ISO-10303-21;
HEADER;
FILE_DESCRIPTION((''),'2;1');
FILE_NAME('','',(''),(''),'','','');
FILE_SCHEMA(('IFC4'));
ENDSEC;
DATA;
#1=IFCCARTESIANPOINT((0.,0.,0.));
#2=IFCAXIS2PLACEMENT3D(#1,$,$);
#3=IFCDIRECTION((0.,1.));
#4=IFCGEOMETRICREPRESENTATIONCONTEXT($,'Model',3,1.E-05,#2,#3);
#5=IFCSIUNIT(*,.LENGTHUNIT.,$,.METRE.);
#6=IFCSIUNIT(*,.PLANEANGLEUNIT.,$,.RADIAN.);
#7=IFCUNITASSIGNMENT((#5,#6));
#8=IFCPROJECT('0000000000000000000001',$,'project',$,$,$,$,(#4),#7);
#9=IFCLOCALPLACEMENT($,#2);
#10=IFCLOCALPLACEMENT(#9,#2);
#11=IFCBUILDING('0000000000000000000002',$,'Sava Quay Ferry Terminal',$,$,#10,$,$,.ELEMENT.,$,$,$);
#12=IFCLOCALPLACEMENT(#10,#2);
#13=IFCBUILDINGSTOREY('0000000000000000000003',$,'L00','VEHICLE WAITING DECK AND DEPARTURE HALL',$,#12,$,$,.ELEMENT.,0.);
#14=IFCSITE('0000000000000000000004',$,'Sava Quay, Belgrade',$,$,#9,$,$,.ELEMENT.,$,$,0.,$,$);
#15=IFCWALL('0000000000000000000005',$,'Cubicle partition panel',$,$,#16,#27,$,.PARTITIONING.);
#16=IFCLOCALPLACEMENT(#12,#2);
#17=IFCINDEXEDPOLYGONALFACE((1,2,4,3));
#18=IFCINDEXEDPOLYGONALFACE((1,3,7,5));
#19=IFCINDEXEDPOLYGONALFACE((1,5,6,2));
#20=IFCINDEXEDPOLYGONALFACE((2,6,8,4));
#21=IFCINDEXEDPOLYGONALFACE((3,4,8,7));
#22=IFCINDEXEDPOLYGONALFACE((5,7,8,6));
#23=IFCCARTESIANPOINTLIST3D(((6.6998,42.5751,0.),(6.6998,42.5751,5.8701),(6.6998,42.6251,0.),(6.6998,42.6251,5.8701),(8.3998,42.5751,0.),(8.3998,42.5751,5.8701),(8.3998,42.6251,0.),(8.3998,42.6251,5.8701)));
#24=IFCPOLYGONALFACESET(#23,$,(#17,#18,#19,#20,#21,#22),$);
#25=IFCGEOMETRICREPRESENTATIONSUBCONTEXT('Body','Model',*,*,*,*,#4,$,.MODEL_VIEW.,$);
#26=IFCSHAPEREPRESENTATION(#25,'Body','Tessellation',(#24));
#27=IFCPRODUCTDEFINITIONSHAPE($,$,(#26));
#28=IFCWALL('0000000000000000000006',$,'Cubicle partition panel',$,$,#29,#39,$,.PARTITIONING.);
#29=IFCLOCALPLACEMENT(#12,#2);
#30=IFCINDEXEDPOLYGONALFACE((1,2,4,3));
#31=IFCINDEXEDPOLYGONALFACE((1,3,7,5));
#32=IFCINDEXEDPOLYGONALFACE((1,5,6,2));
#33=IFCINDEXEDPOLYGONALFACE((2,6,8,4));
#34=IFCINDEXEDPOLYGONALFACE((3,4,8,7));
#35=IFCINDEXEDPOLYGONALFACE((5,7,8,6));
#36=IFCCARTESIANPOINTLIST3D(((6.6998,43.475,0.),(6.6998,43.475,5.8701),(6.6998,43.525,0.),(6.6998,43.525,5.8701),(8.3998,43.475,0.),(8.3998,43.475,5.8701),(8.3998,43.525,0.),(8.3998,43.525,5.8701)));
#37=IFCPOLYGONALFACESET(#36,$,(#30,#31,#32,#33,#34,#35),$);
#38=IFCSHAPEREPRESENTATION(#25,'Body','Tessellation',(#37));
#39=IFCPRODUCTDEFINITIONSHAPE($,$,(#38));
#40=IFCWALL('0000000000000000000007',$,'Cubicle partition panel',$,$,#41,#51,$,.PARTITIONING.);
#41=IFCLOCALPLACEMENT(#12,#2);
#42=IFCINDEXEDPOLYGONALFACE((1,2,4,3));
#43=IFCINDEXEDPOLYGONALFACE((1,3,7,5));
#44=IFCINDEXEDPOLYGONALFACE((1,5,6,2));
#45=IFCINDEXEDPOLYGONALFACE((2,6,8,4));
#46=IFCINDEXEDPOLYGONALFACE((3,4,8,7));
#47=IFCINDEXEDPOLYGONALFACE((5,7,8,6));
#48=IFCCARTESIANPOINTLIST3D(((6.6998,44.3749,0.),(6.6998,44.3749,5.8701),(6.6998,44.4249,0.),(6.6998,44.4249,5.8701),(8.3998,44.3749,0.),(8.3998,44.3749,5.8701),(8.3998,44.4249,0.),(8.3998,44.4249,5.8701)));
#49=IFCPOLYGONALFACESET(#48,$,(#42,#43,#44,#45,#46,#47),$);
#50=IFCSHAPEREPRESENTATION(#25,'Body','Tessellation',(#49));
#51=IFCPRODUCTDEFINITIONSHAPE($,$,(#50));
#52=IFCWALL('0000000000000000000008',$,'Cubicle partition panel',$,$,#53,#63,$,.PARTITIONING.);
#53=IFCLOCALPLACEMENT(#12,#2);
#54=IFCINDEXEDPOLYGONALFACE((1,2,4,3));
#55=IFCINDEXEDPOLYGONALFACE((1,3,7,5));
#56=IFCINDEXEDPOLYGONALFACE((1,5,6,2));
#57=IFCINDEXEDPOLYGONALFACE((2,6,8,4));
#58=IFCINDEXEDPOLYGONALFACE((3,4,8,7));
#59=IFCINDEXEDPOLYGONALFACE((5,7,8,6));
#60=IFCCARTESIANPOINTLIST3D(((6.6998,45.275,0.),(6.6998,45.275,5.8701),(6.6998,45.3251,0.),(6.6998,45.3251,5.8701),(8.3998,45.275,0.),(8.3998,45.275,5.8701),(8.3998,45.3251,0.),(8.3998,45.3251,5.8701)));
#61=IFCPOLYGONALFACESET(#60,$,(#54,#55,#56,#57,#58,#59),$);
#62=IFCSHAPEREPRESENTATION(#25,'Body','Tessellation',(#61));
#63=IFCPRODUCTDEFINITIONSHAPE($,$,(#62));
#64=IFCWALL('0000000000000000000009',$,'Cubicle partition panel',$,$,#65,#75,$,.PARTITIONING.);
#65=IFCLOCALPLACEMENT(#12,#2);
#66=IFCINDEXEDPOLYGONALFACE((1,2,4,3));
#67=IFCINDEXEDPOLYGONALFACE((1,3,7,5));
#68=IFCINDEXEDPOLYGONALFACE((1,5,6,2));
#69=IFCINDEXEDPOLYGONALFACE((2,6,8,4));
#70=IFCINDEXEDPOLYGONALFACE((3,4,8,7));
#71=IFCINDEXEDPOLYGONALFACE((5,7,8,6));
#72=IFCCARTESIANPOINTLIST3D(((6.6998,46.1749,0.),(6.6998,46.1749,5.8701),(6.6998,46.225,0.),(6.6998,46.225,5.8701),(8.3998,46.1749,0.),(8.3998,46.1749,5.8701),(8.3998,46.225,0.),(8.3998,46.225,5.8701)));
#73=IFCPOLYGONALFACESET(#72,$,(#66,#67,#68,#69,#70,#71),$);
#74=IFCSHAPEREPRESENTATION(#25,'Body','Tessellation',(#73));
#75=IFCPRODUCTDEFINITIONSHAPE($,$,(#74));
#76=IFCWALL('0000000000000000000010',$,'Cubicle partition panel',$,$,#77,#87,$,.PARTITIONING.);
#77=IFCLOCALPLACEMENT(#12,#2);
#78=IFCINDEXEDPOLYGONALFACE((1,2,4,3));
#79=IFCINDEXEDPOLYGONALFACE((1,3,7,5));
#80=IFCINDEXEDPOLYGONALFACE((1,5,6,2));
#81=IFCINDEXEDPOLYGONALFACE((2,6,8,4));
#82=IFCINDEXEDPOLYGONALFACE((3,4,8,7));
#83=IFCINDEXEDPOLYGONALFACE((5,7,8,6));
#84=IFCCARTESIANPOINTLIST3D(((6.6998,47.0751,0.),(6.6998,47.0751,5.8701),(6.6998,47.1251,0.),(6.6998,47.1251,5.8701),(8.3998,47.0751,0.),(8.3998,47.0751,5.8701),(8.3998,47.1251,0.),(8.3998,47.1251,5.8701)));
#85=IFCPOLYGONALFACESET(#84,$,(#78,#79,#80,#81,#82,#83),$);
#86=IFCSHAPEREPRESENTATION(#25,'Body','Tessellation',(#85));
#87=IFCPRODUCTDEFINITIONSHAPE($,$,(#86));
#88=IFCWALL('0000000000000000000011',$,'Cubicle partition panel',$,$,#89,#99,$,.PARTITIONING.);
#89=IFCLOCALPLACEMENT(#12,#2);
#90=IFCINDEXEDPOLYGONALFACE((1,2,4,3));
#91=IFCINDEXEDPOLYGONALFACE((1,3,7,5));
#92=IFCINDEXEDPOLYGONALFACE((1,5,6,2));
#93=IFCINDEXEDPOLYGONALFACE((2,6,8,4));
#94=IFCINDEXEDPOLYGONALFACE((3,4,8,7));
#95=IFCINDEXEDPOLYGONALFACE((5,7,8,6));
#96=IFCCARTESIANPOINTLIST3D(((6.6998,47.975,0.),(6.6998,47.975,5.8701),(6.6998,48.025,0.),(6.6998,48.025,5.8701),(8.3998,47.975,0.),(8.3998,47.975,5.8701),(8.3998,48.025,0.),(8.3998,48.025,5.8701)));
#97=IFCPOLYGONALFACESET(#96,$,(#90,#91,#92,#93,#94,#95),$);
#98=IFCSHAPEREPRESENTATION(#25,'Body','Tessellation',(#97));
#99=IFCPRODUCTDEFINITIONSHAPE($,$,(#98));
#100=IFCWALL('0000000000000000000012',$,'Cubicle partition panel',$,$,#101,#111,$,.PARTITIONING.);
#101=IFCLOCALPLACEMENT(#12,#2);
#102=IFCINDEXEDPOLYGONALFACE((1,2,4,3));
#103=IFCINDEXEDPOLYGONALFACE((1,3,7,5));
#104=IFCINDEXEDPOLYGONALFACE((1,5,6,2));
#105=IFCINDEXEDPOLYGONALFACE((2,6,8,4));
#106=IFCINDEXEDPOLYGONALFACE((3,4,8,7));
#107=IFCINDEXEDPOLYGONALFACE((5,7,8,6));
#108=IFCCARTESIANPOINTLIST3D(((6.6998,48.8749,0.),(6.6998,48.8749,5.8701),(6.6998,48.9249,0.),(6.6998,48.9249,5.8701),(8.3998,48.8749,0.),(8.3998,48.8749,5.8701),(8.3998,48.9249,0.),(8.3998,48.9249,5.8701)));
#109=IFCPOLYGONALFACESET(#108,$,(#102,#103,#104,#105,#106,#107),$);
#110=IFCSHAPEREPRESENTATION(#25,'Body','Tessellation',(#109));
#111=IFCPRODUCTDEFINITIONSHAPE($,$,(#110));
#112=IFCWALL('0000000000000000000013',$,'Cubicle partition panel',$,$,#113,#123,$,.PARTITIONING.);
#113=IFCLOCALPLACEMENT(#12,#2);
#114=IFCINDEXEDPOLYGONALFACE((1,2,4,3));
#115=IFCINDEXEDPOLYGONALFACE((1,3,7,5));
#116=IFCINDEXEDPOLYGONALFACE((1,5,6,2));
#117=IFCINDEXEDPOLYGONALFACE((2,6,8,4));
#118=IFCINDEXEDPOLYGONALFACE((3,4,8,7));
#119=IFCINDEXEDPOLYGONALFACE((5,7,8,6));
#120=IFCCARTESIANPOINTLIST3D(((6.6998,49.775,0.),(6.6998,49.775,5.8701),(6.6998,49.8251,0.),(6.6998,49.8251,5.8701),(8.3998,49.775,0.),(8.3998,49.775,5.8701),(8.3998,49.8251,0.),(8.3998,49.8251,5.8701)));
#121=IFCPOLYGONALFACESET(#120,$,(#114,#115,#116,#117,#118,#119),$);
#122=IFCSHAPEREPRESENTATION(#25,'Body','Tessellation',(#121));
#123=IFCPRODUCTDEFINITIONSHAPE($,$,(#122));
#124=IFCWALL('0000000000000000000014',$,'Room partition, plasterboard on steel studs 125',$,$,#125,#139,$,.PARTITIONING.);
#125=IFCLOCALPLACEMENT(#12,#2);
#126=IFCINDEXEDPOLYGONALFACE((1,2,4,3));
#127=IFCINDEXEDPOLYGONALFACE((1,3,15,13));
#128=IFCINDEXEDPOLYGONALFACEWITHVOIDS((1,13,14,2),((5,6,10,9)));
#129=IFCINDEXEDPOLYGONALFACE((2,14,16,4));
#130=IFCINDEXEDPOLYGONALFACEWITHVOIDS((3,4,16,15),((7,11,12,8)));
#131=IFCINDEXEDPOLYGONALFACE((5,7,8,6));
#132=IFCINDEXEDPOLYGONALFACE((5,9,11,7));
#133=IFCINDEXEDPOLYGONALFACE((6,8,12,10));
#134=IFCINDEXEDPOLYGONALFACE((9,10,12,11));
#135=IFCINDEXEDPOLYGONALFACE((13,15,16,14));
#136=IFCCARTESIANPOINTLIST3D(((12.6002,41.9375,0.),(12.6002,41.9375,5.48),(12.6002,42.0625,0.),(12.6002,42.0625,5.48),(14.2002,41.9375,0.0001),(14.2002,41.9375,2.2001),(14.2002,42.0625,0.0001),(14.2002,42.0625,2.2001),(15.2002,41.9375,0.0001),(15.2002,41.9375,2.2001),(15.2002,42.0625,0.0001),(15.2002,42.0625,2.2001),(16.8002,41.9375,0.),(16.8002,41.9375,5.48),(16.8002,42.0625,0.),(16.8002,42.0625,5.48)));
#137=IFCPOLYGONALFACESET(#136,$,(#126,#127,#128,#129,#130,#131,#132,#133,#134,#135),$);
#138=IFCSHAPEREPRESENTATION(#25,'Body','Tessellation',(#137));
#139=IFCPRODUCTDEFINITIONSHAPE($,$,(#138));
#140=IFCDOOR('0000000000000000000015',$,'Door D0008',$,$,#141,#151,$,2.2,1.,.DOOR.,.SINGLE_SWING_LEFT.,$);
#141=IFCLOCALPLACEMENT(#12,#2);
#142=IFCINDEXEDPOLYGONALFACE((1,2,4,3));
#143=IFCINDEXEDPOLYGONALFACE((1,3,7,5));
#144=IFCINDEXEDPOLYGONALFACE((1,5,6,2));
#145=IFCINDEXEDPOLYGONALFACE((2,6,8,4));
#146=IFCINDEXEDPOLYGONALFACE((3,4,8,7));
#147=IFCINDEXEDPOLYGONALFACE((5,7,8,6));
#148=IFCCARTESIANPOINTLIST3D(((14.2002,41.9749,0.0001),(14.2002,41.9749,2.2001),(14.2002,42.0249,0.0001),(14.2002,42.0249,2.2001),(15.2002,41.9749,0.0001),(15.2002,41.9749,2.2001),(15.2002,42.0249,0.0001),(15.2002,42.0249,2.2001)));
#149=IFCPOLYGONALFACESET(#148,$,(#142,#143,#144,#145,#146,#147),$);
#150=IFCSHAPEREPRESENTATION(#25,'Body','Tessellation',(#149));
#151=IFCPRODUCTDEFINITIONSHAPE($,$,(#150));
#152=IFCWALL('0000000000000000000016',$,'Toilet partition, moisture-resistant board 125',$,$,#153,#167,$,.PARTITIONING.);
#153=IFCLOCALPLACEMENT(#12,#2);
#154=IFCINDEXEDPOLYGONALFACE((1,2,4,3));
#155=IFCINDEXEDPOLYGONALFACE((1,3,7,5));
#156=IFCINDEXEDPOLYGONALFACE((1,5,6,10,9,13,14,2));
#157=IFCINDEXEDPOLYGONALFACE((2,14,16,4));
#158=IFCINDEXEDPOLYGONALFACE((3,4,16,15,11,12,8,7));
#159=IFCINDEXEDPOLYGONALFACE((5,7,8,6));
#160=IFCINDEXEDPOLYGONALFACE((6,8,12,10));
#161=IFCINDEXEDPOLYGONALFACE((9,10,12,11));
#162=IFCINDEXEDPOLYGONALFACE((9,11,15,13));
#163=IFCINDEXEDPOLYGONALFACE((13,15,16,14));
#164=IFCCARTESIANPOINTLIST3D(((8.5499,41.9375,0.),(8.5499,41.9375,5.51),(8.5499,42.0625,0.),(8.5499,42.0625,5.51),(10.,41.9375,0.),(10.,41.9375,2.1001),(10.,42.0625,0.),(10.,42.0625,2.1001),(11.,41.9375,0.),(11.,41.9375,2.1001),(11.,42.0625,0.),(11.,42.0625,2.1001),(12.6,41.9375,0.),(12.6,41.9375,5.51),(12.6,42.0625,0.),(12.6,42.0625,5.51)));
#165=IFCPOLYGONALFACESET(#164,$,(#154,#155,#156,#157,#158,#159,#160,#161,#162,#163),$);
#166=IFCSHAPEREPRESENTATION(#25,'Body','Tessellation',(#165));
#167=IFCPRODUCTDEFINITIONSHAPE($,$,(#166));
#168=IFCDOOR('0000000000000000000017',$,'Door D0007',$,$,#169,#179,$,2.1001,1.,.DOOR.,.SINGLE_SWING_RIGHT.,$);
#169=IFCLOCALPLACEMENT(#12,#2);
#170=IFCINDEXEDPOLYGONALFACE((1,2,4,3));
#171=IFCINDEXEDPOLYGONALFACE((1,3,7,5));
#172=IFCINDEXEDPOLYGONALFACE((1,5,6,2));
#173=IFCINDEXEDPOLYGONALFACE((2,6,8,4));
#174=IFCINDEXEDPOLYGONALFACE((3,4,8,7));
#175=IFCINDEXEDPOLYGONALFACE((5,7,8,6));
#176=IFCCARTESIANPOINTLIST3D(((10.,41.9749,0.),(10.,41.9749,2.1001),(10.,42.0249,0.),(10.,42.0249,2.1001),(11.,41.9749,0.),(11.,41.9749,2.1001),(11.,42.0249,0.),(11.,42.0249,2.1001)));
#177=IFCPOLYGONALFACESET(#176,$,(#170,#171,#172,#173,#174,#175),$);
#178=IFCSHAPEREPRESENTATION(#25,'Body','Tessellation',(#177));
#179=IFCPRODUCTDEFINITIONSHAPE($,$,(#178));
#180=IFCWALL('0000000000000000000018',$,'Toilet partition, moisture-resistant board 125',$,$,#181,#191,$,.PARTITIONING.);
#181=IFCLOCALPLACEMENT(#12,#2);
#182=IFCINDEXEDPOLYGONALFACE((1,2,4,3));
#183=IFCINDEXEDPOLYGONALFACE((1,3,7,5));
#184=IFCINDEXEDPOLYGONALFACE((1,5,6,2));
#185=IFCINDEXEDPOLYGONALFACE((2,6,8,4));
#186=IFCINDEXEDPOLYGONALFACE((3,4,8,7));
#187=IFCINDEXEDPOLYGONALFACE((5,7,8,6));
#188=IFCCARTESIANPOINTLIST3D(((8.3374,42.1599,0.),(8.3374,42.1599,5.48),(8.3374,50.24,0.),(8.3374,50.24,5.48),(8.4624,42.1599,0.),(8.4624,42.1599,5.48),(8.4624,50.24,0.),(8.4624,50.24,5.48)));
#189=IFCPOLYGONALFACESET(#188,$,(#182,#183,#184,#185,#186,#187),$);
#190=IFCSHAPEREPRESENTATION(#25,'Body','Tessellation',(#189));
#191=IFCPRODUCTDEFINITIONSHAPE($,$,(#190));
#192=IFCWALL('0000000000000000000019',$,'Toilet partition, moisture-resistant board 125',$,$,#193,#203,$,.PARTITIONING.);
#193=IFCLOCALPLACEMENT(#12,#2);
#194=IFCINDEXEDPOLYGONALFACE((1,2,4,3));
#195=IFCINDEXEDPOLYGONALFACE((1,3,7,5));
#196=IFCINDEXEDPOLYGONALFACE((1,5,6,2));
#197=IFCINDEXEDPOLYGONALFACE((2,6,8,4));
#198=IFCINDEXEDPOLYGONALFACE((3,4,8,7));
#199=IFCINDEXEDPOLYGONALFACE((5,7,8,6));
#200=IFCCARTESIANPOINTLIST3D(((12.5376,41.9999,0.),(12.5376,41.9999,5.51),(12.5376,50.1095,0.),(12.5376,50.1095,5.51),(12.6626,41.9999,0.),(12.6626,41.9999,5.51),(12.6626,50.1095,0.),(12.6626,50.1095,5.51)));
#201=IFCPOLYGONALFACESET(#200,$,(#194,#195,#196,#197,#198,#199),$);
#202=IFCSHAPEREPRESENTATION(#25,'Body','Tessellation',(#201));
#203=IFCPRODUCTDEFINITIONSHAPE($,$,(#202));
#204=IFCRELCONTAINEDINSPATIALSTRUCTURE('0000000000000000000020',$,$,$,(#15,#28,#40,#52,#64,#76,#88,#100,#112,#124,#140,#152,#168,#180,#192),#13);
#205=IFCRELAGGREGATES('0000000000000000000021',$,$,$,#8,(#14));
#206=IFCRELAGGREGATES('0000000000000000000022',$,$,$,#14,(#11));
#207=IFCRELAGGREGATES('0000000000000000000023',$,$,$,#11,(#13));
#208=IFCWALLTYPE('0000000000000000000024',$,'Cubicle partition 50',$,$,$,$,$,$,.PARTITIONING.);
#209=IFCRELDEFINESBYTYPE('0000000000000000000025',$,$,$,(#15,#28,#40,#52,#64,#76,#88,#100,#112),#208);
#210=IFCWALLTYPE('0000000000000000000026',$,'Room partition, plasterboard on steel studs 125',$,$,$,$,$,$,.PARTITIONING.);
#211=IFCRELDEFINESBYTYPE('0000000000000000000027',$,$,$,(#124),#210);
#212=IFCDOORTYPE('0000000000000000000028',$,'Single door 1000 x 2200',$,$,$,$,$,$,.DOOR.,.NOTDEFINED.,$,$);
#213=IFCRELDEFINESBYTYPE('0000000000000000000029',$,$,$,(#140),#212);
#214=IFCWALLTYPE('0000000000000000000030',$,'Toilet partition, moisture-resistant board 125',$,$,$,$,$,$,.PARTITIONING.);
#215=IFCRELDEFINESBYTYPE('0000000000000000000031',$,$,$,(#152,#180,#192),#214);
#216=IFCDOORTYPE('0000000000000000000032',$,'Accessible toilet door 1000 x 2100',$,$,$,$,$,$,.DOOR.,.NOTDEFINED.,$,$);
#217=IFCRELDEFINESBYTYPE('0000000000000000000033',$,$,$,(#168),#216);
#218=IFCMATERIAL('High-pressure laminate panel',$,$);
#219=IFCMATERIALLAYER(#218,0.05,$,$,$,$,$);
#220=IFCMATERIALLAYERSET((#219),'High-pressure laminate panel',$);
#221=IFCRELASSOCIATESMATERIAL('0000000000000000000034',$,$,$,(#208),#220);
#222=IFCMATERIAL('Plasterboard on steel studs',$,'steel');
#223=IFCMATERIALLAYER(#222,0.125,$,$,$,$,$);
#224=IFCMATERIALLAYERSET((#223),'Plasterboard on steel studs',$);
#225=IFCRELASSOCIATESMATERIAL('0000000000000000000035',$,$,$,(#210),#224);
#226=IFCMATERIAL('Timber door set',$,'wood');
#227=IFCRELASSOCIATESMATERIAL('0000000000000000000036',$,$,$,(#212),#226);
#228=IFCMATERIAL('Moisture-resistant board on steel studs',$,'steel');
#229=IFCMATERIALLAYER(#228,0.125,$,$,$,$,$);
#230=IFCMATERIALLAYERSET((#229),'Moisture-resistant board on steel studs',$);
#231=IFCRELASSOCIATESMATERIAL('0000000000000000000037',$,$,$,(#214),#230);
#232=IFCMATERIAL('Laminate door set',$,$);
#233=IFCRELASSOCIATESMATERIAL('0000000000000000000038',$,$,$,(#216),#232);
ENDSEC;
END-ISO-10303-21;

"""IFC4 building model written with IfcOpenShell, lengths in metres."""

from ifc_helpers import new_model, si_unit, direction, frame, frame_2d, origin, place, context, subcontext, project, spatial, rectangle, extrude, material, layer, layer_set, type_object, element, fill, save


model = new_model("IFC4")

# Units and contexts
model_context = context("Model", 3, precision=1e-05, world=origin(), true_north=direction((0.0, 1.0)))
body_context = subcontext(model_context, "Body", "Model", "MODEL_VIEW")
ifc_project = project(units=[si_unit("LENGTHUNIT", "METRE"), si_unit("PLANEANGLEUNIT", "RADIAN")], contexts=[model_context])

# Site, building, storey
site_placement = place(None, origin())
site = spatial("IfcSite", under=ifc_project, at=site_placement, Name="Sava Quay, Belgrade", CompositionType="ELEMENT", RefElevation=0.0)
building_placement = place(site_placement, origin())
building = spatial("IfcBuilding", under=site, at=building_placement, Name="Sava Quay Ferry Terminal", CompositionType="ELEMENT")
storey_placement = place(building_placement, origin())
storey = spatial("IfcBuildingStorey", under=building, at=storey_placement, Name="L00", Description="VEHICLE WAITING DECK AND DEPARTURE HALL", CompositionType="ELEMENT", Elevation=0.0)

# Walls
ifc_material_1 = material(Name="High-pressure laminate panel")
ifc_layer_1 = layer(ifc_material_1, 0.05)
ifc_layer_set_1 = layer_set([ifc_layer_1], Name="High-pressure laminate panel")
wall_type_1 = type_object("IfcWallType", Name="Cubicle partition 50", PredefinedType="PARTITIONING", material=ifc_layer_set_1)
for number, where, z_axis, x_axis, name in (
    (1, (8.3999, 42.6001, 0.0), (0.0, 0.0, 1.0), (-1.0, 0.0, 0.0), "Cubicle partition panel"),
    (2, (8.3999, 43.5, 0.0), (0.0, 0.0, 1.0), (-1.0, 0.0, 0.0), "Cubicle partition panel"),
    (3, (8.3999, 44.3999, 0.0), (0.0, 0.0, 1.0), (-1.0, 0.0, 0.0), "Cubicle partition panel"),
    (4, (8.3999, 45.3, 0.0), (0.0, 0.0, 1.0), (-1.0, 0.0, 0.0), "Cubicle partition panel"),
    (5, (8.3999, 46.2, 0.0), (0.0, 0.0, 1.0), (-1.0, 0.0, 0.0), "Cubicle partition panel"),
    (6, (8.3999, 47.1001, 0.0), (0.0, 0.0, 1.0), (-1.0, 0.0, 0.0), "Cubicle partition panel"),
    (7, (8.3999, 48.0, 0.0), (0.0, 0.0, 1.0), (-1.0, 0.0, 0.0), "Cubicle partition panel"),
    (8, (8.3999, 48.8999, 0.0), (0.0, 0.0, 1.0), (-1.0, 0.0, 0.0), "Cubicle partition panel"),
    (9, (8.3999, 49.8, 0.0), (0.0, 0.0, 1.0), (-1.0, 0.0, 0.0), "Cubicle partition panel"),
):
    element("IfcWall", number, at=place(storey_placement, frame(where, z_axis=z_axis, x_axis=x_axis)), inside=storey, type_object=wall_type_1, Name=name, PredefinedType="PARTITIONING", context=body_context, shape_type="SweptSolid", body=[
        extrude(rectangle(XDim=1.7, YDim=0.05, at=frame_2d((0.8501, 0.0))), origin(), (0.0, 0.0, 1.0), 5.8701),
    ])

# Wall, opening, door
ifc_material_2 = material(Name="Plasterboard on steel studs", Category="steel")
ifc_layer_2 = layer(ifc_material_2, 0.125)
ifc_layer_set_2 = layer_set([ifc_layer_2], Name="Plasterboard on steel studs")
wall_type_2 = type_object("IfcWallType", Name="Room partition, plasterboard on steel studs 125", PredefinedType="PARTITIONING", material=ifc_layer_set_2)
wall_1_placement = place(storey_placement, frame((12.6001, 42.0, 0.0), z_axis=(0.0, 0.0, 1.0), x_axis=(1.0, 0.0, 0.0)))
wall_1 = element("IfcWall", 10, at=wall_1_placement, inside=storey, type_object=wall_type_2, Name="Room partition, plasterboard on steel studs 125", PredefinedType="PARTITIONING", context=body_context, shape_type="SweptSolid", body=[
    extrude(rectangle(XDim=4.2, YDim=0.125, at=frame_2d((2.1001, 0.0))), origin(), (0.0, 0.0, 1.0), 5.48),
])
opening_1_placement = place(wall_1_placement, frame((1.6001, 0.0, 0.0)))
opening_1 = element("IfcOpeningElement", 11, at=opening_1_placement, cuts=wall_1, PredefinedType="OPENING", context=body_context, shape_type="SweptSolid", body=[
    extrude(rectangle(XDim=1.0, YDim=2.2, at=frame_2d((0.5, 1.1001))), frame((0.0, 0.0625, 0.0), z_axis=(0.0, -1.0, 0.0), x_axis=(1.0, 0.0, 0.0)), (0.0, 0.0, 1.0), 0.125),
])
ifc_material_3 = material(Name="Timber door set", Category="wood")
door_type_1 = type_object("IfcDoorType", Name="Single door 1000 x 2200", OperationType="NOTDEFINED", PredefinedType="DOOR", material=ifc_material_3)
door_1_placement = place(opening_1_placement, origin())
door_1 = element("IfcDoor", 12, at=door_1_placement, inside=storey, type_object=door_type_1, Name="Door D0008", OperationType="SINGLE_SWING_LEFT", OverallHeight=2.2, OverallWidth=1.0, PredefinedType="DOOR", context=body_context, shape_type="SweptSolid", body=[
    extrude(rectangle(XDim=1.0, YDim=2.2, at=frame_2d((0.5, 1.1001))), frame((0.0, 0.0249, 0.0), z_axis=(0.0, -1.0, 0.0), x_axis=(1.0, 0.0, 0.0)), (0.0, 0.0, 1.0), 0.05),
])
fill(opening_1, door_1)

# Wall, opening, door
ifc_material_4 = material(Name="Moisture-resistant board on steel studs", Category="steel")
ifc_layer_3 = layer(ifc_material_4, 0.125)
ifc_layer_set_3 = layer_set([ifc_layer_3], Name="Moisture-resistant board on steel studs")
wall_type_3 = type_object("IfcWallType", Name="Toilet partition, moisture-resistant board 125", PredefinedType="PARTITIONING", material=ifc_layer_set_3)
wall_2_placement = place(storey_placement, frame((8.55, 42.0, 0.0), z_axis=(0.0, 0.0, 1.0), x_axis=(1.0, 0.0, 0.0)))
wall_2 = element("IfcWall", 13, at=wall_2_placement, inside=storey, type_object=wall_type_3, Name="Toilet partition, moisture-resistant board 125", PredefinedType="PARTITIONING", context=body_context, shape_type="SweptSolid", body=[
    extrude(rectangle(XDim=4.05, YDim=0.125, at=frame_2d((2.0249, 0.0))), origin(), (0.0, 0.0, 1.0), 5.51),
])
opening_2_placement = place(wall_2_placement, frame((1.45, 0.0, 0.0)))
opening_2 = element("IfcOpeningElement", 14, at=opening_2_placement, cuts=wall_2, PredefinedType="OPENING", context=body_context, shape_type="SweptSolid", body=[
    extrude(rectangle(XDim=1.0, YDim=2.1001, at=frame_2d((0.5, 1.05))), frame((0.0, 0.0625, 0.0), z_axis=(0.0, -1.0, 0.0), x_axis=(1.0, 0.0, 0.0)), (0.0, 0.0, 1.0), 0.125),
])
ifc_material_5 = material(Name="Laminate door set")
door_type_2 = type_object("IfcDoorType", Name="Accessible toilet door 1000 x 2100", OperationType="NOTDEFINED", PredefinedType="DOOR", material=ifc_material_5)
door_2_placement = place(opening_2_placement, origin())
door_2 = element("IfcDoor", 15, at=door_2_placement, inside=storey, type_object=door_type_2, Name="Door D0007", OperationType="SINGLE_SWING_RIGHT", OverallHeight=2.1001, OverallWidth=1.0, PredefinedType="DOOR", context=body_context, shape_type="SweptSolid", body=[
    extrude(rectangle(XDim=1.0, YDim=2.1001, at=frame_2d((0.5, 1.05))), frame((0.0, 0.0249, 0.0), z_axis=(0.0, -1.0, 0.0), x_axis=(1.0, 0.0, 0.0)), (0.0, 0.0, 1.0), 0.05),
])
fill(opening_2, door_2)

# Walls
wall_3_placement = place(storey_placement, frame((8.3999, 42.1599, 0.0), z_axis=(0.0, 0.0, 1.0), x_axis=(0.0, 1.0, 0.0)))
element("IfcWall", 16, at=wall_3_placement, inside=storey, type_object=wall_type_3, Name="Toilet partition, moisture-resistant board 125", PredefinedType="PARTITIONING", context=body_context, shape_type="SweptSolid", body=[
    extrude(rectangle(XDim=8.0801, YDim=0.125, at=frame_2d((4.04, 0.0))), origin(), (0.0, 0.0, 1.0), 5.48),
])
wall_4_placement = place(storey_placement, frame((12.6001, 42.0, 0.0), z_axis=(0.0, 0.0, 1.0), x_axis=(0.0, 1.0, 0.0)))
element("IfcWall", 17, at=wall_4_placement, inside=storey, type_object=wall_type_3, Name="Toilet partition, moisture-resistant board 125", PredefinedType="PARTITIONING", context=body_context, shape_type="SweptSolid", body=[
    extrude(rectangle(XDim=8.1096, YDim=0.125, at=frame_2d((4.0547, 0.0))), origin(), (0.0, 0.0, 1.0), 5.51),
])

save(model, "model.ifc")
